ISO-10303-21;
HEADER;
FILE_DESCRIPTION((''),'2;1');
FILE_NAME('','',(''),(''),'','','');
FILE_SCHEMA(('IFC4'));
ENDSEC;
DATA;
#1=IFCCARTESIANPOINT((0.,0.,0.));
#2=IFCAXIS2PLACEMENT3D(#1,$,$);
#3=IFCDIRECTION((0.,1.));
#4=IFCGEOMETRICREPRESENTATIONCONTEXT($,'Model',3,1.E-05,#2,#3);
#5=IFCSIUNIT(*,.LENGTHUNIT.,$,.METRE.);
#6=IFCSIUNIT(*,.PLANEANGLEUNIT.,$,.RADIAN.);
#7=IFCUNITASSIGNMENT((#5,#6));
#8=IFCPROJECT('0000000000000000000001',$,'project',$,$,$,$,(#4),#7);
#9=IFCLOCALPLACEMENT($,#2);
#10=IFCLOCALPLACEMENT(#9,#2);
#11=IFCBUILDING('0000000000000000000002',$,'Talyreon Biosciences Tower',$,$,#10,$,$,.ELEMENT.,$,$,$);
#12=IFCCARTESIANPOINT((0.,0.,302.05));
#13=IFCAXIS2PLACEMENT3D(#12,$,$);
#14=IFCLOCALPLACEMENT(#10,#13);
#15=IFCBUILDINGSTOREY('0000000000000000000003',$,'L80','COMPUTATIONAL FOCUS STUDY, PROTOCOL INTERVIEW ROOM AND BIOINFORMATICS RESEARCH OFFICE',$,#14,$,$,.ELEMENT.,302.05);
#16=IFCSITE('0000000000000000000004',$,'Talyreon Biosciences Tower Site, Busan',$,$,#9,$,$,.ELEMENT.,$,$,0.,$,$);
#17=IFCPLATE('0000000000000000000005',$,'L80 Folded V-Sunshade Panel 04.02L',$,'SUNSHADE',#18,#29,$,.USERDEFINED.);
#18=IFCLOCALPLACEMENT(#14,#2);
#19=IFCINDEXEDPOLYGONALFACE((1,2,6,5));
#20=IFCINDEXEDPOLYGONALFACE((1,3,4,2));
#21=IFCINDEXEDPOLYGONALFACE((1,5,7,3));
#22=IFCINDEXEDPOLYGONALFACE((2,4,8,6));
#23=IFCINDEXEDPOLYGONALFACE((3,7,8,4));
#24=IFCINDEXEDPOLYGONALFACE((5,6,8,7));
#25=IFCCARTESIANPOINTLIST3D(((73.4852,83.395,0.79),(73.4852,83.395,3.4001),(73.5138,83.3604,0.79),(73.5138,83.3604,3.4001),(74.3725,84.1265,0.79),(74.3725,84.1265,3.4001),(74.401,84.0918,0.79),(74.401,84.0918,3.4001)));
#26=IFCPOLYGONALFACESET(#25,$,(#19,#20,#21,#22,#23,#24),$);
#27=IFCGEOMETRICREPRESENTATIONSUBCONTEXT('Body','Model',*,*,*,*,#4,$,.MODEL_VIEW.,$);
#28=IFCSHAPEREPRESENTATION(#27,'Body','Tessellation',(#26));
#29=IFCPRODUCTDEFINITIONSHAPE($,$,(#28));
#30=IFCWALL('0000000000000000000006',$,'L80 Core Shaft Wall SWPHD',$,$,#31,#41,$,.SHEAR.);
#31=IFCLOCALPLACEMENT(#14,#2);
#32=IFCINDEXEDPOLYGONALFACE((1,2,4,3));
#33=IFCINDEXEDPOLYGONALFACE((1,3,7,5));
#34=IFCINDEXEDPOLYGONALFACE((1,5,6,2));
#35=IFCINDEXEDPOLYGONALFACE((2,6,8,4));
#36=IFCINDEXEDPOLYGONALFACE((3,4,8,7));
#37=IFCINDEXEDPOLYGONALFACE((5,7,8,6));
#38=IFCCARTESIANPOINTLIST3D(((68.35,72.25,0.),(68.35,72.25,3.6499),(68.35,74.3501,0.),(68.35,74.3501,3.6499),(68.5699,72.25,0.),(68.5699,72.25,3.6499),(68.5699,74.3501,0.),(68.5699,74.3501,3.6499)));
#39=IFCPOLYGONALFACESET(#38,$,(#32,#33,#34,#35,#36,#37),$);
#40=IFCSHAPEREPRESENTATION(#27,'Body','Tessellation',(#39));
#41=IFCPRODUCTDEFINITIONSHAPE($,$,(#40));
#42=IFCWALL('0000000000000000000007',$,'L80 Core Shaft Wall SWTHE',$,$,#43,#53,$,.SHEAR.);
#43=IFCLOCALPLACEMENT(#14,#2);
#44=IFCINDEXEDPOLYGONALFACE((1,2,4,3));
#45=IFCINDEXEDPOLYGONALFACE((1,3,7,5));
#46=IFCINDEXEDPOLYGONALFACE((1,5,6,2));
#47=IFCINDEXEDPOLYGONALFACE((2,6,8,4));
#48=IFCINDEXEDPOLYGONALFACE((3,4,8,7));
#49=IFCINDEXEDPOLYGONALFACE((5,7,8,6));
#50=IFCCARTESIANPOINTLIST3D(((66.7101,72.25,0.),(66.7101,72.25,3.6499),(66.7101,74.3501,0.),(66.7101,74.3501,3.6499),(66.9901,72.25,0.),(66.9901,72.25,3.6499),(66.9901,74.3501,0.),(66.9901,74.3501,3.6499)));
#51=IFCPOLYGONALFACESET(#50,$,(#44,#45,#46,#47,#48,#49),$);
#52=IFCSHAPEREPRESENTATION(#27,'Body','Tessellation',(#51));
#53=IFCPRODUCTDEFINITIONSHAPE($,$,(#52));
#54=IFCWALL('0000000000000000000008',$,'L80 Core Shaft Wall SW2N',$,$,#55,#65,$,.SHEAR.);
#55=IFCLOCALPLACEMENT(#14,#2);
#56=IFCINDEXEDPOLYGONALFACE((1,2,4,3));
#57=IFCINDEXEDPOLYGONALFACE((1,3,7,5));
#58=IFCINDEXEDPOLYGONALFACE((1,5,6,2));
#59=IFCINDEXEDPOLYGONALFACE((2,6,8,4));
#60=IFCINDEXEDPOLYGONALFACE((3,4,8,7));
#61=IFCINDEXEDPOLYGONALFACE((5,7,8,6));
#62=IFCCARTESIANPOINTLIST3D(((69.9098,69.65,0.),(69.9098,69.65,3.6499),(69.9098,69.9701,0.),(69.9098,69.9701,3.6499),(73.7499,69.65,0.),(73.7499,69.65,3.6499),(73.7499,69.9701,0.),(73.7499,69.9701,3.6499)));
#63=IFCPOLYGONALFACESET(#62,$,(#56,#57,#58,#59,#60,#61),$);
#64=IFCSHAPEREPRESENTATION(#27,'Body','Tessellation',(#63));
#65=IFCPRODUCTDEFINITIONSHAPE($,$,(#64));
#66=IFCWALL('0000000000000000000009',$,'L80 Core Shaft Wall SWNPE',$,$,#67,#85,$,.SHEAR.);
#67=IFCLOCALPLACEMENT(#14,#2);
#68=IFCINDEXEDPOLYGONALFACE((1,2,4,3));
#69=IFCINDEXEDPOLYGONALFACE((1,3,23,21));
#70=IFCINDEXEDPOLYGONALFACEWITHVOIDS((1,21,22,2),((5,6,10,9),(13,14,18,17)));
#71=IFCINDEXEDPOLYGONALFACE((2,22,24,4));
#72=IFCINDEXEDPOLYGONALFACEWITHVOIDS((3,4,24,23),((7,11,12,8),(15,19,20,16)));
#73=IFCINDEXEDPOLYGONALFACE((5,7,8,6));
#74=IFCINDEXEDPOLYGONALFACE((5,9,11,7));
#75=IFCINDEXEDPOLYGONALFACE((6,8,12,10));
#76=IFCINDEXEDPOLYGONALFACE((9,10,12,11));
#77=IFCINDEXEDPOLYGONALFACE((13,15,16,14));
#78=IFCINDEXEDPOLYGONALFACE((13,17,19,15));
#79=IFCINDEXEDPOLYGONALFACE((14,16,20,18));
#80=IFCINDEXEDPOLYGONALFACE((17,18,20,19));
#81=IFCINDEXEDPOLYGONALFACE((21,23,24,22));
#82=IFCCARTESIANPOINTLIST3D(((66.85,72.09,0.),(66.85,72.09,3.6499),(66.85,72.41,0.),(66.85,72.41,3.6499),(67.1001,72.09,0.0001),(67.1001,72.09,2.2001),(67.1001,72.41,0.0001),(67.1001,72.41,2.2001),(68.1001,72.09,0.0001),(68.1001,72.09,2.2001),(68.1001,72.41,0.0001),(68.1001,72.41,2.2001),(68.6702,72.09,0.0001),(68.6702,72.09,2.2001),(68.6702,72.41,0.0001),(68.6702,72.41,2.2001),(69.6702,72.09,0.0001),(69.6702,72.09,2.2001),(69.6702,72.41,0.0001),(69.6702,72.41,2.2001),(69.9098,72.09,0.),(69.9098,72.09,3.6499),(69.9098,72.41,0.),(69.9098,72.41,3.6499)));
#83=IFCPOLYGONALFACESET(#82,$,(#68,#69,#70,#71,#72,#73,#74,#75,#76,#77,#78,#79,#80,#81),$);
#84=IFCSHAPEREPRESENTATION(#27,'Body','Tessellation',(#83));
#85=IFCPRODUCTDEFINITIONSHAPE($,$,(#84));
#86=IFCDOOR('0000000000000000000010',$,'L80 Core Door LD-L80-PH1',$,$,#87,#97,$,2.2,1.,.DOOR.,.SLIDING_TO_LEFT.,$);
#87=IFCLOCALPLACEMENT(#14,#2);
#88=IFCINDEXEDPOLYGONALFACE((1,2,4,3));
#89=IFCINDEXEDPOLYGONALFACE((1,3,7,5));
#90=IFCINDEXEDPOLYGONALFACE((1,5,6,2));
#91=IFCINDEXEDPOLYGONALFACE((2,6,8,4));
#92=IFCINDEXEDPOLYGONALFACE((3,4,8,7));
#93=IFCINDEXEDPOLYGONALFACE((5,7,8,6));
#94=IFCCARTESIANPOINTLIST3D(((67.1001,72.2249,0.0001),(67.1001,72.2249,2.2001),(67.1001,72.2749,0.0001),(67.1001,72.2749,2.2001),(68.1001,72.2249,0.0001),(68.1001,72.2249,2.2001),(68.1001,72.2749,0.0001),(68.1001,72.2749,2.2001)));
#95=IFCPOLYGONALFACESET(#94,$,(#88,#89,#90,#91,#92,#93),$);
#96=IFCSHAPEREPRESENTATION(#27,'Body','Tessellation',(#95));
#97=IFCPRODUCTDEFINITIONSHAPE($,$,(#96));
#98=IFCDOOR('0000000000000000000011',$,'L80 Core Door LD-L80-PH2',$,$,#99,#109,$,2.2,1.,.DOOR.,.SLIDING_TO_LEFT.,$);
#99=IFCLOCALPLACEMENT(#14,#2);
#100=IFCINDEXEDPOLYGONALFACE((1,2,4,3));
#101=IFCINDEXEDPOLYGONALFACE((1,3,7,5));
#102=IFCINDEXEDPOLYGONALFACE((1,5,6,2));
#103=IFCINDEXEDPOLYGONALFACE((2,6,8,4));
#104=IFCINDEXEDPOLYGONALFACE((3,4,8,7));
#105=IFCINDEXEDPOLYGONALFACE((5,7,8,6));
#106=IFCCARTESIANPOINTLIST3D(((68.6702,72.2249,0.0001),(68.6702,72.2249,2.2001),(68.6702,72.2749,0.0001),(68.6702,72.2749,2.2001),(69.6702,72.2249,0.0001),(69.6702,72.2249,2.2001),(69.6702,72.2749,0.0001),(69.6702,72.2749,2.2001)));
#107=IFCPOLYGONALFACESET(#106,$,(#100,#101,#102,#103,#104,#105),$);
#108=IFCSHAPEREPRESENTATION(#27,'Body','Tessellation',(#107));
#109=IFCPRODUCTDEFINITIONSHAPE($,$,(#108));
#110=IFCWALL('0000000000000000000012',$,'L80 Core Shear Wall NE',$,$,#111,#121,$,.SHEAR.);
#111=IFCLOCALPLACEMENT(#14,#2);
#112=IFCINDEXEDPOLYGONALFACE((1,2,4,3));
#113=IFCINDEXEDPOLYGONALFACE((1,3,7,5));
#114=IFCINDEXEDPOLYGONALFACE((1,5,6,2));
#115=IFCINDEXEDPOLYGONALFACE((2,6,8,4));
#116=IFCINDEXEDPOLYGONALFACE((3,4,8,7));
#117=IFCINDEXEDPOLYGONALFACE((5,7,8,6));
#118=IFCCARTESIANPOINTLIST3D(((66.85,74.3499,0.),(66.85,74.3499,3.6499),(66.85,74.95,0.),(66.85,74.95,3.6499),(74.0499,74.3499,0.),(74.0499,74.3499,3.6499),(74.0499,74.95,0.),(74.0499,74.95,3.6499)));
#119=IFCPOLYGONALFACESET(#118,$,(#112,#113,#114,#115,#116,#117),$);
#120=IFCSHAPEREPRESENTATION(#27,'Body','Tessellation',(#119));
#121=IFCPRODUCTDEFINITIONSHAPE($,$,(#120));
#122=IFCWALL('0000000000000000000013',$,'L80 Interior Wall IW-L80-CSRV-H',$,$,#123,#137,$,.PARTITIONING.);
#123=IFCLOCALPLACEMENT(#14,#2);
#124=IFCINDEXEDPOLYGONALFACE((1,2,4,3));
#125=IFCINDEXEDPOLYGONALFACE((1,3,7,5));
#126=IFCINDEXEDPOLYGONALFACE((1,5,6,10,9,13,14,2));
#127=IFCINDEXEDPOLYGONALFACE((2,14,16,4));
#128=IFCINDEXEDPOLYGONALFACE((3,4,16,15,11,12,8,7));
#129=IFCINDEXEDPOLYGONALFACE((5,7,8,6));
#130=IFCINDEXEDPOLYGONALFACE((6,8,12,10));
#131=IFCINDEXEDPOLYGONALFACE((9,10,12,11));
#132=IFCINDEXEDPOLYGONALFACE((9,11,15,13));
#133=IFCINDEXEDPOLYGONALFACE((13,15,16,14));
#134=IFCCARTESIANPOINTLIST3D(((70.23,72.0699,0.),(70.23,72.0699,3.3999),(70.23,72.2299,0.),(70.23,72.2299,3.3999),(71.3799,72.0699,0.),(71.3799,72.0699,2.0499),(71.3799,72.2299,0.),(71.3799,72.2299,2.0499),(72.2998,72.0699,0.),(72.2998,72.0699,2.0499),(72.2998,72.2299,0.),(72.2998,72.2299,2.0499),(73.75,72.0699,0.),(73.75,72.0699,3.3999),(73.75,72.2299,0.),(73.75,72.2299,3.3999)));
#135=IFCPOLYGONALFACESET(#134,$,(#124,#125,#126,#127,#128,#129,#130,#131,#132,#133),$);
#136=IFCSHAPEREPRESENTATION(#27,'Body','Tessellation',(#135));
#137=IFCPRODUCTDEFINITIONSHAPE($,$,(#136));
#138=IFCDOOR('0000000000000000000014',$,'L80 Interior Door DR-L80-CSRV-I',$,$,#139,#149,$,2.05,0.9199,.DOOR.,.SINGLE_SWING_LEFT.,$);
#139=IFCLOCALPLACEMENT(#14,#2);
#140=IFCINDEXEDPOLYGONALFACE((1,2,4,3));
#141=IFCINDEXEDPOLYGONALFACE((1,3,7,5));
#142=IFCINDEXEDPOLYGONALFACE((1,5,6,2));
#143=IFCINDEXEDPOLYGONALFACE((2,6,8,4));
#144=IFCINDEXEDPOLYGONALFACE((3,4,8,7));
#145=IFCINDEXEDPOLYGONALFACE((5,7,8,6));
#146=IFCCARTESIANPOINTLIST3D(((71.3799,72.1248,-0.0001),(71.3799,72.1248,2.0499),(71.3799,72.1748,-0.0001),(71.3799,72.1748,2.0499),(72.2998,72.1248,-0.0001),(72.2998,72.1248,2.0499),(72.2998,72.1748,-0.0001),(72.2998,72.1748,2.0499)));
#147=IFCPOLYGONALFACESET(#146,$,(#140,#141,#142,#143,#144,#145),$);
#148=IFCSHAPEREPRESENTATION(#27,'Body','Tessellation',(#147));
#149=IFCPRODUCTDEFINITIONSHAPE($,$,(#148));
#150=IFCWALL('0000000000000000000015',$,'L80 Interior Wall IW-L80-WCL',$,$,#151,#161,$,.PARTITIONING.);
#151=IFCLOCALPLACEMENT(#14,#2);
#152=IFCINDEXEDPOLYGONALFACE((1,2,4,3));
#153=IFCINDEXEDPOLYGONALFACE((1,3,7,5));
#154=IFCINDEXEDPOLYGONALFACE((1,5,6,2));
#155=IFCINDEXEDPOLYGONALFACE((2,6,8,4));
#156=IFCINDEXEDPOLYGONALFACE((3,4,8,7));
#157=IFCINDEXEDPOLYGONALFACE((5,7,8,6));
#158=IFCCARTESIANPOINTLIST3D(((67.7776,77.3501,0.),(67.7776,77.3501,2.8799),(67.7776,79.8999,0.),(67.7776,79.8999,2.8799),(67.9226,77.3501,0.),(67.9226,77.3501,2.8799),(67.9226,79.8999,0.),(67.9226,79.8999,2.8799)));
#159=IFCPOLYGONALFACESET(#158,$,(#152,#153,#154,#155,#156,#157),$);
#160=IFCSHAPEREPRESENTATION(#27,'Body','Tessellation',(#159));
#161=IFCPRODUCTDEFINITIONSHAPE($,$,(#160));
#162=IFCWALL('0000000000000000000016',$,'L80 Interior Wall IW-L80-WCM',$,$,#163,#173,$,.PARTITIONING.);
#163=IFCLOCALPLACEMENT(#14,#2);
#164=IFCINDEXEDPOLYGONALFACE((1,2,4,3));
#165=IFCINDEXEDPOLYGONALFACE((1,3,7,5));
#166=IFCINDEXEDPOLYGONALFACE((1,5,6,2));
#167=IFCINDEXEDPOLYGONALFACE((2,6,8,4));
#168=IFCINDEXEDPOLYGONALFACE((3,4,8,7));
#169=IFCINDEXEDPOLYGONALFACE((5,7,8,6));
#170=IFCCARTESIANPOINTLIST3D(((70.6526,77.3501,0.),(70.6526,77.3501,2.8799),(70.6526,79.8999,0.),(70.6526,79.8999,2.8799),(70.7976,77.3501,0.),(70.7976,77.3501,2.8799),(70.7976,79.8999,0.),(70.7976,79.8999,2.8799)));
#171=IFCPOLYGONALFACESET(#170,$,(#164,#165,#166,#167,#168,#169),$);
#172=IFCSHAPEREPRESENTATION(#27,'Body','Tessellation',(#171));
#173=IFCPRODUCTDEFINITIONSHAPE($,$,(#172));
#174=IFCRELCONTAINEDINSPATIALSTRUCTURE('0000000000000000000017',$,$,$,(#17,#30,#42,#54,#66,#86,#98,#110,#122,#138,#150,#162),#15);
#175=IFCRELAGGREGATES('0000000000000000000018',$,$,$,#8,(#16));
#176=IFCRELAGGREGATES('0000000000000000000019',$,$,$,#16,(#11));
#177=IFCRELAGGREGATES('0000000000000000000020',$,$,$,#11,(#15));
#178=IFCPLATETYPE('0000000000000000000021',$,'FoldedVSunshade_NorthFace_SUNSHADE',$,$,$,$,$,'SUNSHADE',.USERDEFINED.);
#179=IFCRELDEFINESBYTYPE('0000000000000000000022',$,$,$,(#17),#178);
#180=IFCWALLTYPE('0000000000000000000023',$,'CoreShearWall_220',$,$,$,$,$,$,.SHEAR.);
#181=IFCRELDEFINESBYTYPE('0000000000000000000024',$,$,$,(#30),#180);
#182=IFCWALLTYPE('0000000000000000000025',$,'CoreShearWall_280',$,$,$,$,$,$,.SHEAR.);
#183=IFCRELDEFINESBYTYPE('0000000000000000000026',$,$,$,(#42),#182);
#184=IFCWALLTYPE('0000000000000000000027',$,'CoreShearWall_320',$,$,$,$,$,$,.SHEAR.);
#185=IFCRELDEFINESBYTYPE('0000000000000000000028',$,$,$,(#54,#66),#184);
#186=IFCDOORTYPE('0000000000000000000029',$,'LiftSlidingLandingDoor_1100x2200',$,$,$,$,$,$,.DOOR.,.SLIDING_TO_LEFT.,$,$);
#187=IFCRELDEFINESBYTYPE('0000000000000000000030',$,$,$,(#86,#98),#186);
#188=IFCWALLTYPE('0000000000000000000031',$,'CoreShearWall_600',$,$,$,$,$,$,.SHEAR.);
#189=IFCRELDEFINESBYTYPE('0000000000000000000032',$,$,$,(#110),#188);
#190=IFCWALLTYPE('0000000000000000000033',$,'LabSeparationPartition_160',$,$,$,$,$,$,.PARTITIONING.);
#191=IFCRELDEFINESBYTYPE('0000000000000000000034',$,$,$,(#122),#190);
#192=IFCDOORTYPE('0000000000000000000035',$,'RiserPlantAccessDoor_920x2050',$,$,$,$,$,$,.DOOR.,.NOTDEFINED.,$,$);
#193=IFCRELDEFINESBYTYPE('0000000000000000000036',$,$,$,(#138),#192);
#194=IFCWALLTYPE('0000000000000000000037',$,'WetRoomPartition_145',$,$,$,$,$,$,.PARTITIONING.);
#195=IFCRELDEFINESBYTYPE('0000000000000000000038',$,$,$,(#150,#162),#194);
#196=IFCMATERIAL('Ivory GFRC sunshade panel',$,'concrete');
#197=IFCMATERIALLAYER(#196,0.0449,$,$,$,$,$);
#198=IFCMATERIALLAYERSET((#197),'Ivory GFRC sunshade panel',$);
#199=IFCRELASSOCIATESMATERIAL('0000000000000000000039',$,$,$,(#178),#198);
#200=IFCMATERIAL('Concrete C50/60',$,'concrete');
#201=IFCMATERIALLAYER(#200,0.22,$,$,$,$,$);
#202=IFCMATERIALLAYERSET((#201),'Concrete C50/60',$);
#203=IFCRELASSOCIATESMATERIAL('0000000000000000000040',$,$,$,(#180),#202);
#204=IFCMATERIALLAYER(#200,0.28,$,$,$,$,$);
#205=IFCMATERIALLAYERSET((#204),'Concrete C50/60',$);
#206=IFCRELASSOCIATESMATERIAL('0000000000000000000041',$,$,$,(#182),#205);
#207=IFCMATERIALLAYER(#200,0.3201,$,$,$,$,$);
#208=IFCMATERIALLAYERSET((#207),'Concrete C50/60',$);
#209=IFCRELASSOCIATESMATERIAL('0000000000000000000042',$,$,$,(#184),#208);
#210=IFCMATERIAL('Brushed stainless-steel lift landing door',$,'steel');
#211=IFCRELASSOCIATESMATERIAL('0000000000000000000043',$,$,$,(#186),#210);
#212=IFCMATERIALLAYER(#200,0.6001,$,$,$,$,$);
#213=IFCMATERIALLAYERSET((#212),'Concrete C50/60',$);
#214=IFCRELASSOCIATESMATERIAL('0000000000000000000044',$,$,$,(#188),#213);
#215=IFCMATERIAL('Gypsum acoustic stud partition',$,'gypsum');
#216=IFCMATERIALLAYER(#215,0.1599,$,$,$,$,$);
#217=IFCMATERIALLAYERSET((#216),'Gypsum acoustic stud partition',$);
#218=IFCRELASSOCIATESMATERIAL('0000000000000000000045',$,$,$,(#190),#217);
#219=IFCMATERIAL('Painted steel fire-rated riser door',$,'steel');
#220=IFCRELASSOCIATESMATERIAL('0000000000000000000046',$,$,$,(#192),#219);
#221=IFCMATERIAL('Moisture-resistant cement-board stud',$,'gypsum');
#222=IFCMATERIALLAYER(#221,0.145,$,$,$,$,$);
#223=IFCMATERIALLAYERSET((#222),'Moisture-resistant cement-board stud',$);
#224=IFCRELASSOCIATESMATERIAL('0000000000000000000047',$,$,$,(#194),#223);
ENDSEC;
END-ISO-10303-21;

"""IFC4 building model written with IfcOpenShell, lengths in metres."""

from ifc_helpers import new_model, si_unit, direction, frame, frame_2d, origin, origin_2d, place, context, subcontext, project, spatial, rectangle, extrude, material, layer, layer_set, type_object, element, fill, save


model = new_model("IFC4")

# Units and contexts
model_context = context("Model", 3, precision=1e-05, world=origin(), true_north=direction((0.0, 1.0)))
body_context = subcontext(model_context, "Body", "Model", "MODEL_VIEW")
ifc_project = project(units=[si_unit("LENGTHUNIT", "METRE"), si_unit("PLANEANGLEUNIT", "RADIAN")], contexts=[model_context])

# Site, building, storey
site_placement = place(None, origin())
site = spatial("IfcSite", under=ifc_project, at=site_placement, Name="Talyreon Biosciences Tower Site, Busan", CompositionType="ELEMENT", RefElevation=0.0)
building_placement = place(site_placement, origin())
building = spatial("IfcBuilding", under=site, at=building_placement, Name="Talyreon Biosciences Tower", CompositionType="ELEMENT")
storey_placement = place(building_placement, frame((0.0, 0.0, 302.05)))
storey = spatial("IfcBuildingStorey", under=building, at=storey_placement, Name="L80", Description="COMPUTATIONAL FOCUS STUDY, PROTOCOL INTERVIEW ROOM AND BIOINFORMATICS RESEARCH OFFICE", CompositionType="ELEMENT", Elevation=302.05)

# Shared definitions
ifc_material_1 = material(Name="Concrete C50/60", Category="concrete")

# Plate
ifc_material_2 = material(Name="Ivory GFRC sunshade panel", Category="concrete")
ifc_layer_1 = layer(ifc_material_2, 0.0449)
ifc_layer_set_1 = layer_set([ifc_layer_1], Name="Ivory GFRC sunshade panel")
plate_type_1 = type_object("IfcPlateType", Name="FoldedVSunshade_NorthFace_SUNSHADE", ElementType="SUNSHADE", PredefinedType="USERDEFINED", material=ifc_layer_set_1)
plate_1_placement = place(storey_placement, frame((73.9431, 83.7434, 0.79), z_axis=(0.0, 0.0, 1.0), x_axis=(0.771625, 0.636078, 0.0)))
element("IfcPlate", 1, at=plate_1_placement, inside=storey, type_object=plate_type_1, Name="L80 Folded V-Sunshade Panel 04.02L", ObjectType="SUNSHADE", PredefinedType="USERDEFINED", context=body_context, shape_type="SweptSolid", body=[
    extrude(rectangle(XDim=1.1499, YDim=0.0449, at=origin_2d()), origin(), (0.0, 0.0, 1.0), 2.6101),
])

# Walls
ifc_layer_2 = layer(ifc_material_1, 0.22)
ifc_layer_set_2 = layer_set([ifc_layer_2], Name="Concrete C50/60")
wall_type_1 = type_object("IfcWallType", Name="CoreShearWall_220", PredefinedType="SHEAR", material=ifc_layer_set_2)
wall_1_placement = place(storey_placement, frame((68.46, 72.25, 0.0), z_axis=(0.0, 0.0, 1.0), x_axis=(0.0, 1.0, 0.0)))
element("IfcWall", 2, at=wall_1_placement, inside=storey, type_object=wall_type_1, Name="L80 Core Shaft Wall SWPHD", PredefinedType="SHEAR", context=body_context, shape_type="SweptSolid", body=[
    extrude(rectangle(XDim=2.1001, YDim=0.22, at=frame_2d((1.05, 0.0))), origin(), (0.0, 0.0, 1.0), 3.6499),
])
ifc_layer_3 = layer(ifc_material_1, 0.28)
ifc_layer_set_3 = layer_set([ifc_layer_3], Name="Concrete C50/60")
wall_type_2 = type_object("IfcWallType", Name="CoreShearWall_280", PredefinedType="SHEAR", material=ifc_layer_set_3)
wall_2_placement = place(storey_placement, frame((66.8501, 72.25, 0.0), z_axis=(0.0, 0.0, 1.0), x_axis=(0.0, 1.0, 0.0)))
element("IfcWall", 3, at=wall_2_placement, inside=storey, type_object=wall_type_2, Name="L80 Core Shaft Wall SWTHE", PredefinedType="SHEAR", context=body_context, shape_type="SweptSolid", body=[
    extrude(rectangle(XDim=2.1001, YDim=0.28, at=frame_2d((1.05, 0.0))), origin(), (0.0, 0.0, 1.0), 3.6499),
])
ifc_layer_4 = layer(ifc_material_1, 0.3201)
ifc_layer_set_4 = layer_set([ifc_layer_4], Name="Concrete C50/60")
wall_type_3 = type_object("IfcWallType", Name="CoreShearWall_320", PredefinedType="SHEAR", material=ifc_layer_set_4)
wall_3_placement = place(storey_placement, frame((69.9099, 69.8101, 0.0), z_axis=(0.0, 0.0, 1.0), x_axis=(1.0, 0.0, 0.0)))
element("IfcWall", 4, at=wall_3_placement, inside=storey, type_object=wall_type_3, Name="L80 Core Shaft Wall SW2N", PredefinedType="SHEAR", context=body_context, shape_type="SweptSolid", body=[
    extrude(rectangle(XDim=3.8401, YDim=0.3201, at=frame_2d((1.9199, 0.0))), origin(), (0.0, 0.0, 1.0), 3.6499),
])

# Wall, openings, doors
wall_4_placement = place(storey_placement, frame((66.8501, 72.25, 0.0), z_axis=(0.0, 0.0, 1.0), x_axis=(1.0, 0.0, 0.0)))
wall_4 = element("IfcWall", 5, at=wall_4_placement, inside=storey, type_object=wall_type_3, Name="L80 Core Shaft Wall SWNPE", PredefinedType="SHEAR", context=body_context, shape_type="SweptSolid", body=[
    extrude(rectangle(XDim=3.0598, YDim=0.3201, at=frame_2d((1.5298, 0.0))), origin(), (0.0, 0.0, 1.0), 3.6499),
])
opening_1_placement = place(wall_4_placement, frame((0.25, 0.0, 0.0)))
opening_1 = element("IfcOpeningElement", 6, at=opening_1_placement, cuts=wall_4, PredefinedType="OPENING", context=body_context, shape_type="SweptSolid", body=[
    extrude(rectangle(XDim=1.0, YDim=2.2, at=frame_2d((0.5, 1.1001))), frame((0.0, 0.1699, 0.0), z_axis=(0.0, -1.0, 0.0), x_axis=(1.0, 0.0, 0.0)), (0.0, 0.0, 1.0), 0.3401),
])
opening_2_placement = place(wall_4_placement, frame((1.8201, 0.0, 0.0)))
opening_2 = element("IfcOpeningElement", 7, at=opening_2_placement, cuts=wall_4, PredefinedType="OPENING", context=body_context, shape_type="SweptSolid", body=[
    extrude(rectangle(XDim=1.0, YDim=2.2, at=frame_2d((0.5, 1.1001))), frame((0.0, 0.1699, 0.0), z_axis=(0.0, -1.0, 0.0), x_axis=(1.0, 0.0, 0.0)), (0.0, 0.0, 1.0), 0.3401),
])
ifc_material_3 = material(Name="Brushed stainless-steel lift landing door", Category="steel")
door_type_1 = type_object("IfcDoorType", Name="LiftSlidingLandingDoor_1100x2200", OperationType="SLIDING_TO_LEFT", PredefinedType="DOOR", material=ifc_material_3)
door_1_placement = place(opening_1_placement, origin())
door_1 = element("IfcDoor", 8, at=door_1_placement, inside=storey, type_object=door_type_1, Name="L80 Core Door LD-L80-PH1", OperationType="SLIDING_TO_LEFT", OverallHeight=2.2, OverallWidth=1.0, PredefinedType="DOOR", context=body_context, shape_type="SweptSolid", body=[
    extrude(rectangle(XDim=1.0, YDim=2.2, at=frame_2d((0.5, 1.1001))), frame((0.0, 0.0249, 0.0), z_axis=(0.0, -1.0, 0.0), x_axis=(1.0, 0.0, 0.0)), (0.0, 0.0, 1.0), 0.05),
])
fill(opening_1, door_1)
door_2_placement = place(opening_2_placement, origin())
door_2 = element("IfcDoor", 9, at=door_2_placement, inside=storey, type_object=door_type_1, Name="L80 Core Door LD-L80-PH2", OperationType="SLIDING_TO_LEFT", OverallHeight=2.2, OverallWidth=1.0, PredefinedType="DOOR", context=body_context, shape_type="SweptSolid", body=[
    extrude(rectangle(XDim=1.0, YDim=2.2, at=frame_2d((0.5, 1.1001))), frame((0.0, 0.0249, 0.0), z_axis=(0.0, -1.0, 0.0), x_axis=(1.0, 0.0, 0.0)), (0.0, 0.0, 1.0), 0.05),
])
fill(opening_2, door_2)

# Wall
ifc_layer_5 = layer(ifc_material_1, 0.6001)
ifc_layer_set_5 = layer_set([ifc_layer_5], Name="Concrete C50/60")
wall_type_4 = type_object("IfcWallType", Name="CoreShearWall_600", PredefinedType="SHEAR", material=ifc_layer_set_5)
wall_5_placement = place(storey_placement, frame((74.05, 74.6499, 0.0), z_axis=(0.0, 0.0, 1.0), x_axis=(-1.0, 0.0, 0.0)))
element("IfcWall", 10, at=wall_5_placement, inside=storey, type_object=wall_type_4, Name="L80 Core Shear Wall NE", PredefinedType="SHEAR", context=body_context, shape_type="SweptSolid", body=[
    extrude(rectangle(XDim=7.2, YDim=0.6001, at=frame_2d((3.6001, 0.0))), origin(), (0.0, 0.0, 1.0), 3.6499),
])

# Wall, opening, door
ifc_material_4 = material(Name="Gypsum acoustic stud partition", Category="gypsum")
ifc_layer_6 = layer(ifc_material_4, 0.1599)
ifc_layer_set_6 = layer_set([ifc_layer_6], Name="Gypsum acoustic stud partition")
wall_type_5 = type_object("IfcWallType", Name="LabSeparationPartition_160", PredefinedType="PARTITIONING", material=ifc_layer_set_6)
wall_6_placement = place(storey_placement, frame((70.23, 72.1499, 0.0), z_axis=(0.0, 0.0, 1.0), x_axis=(1.0, 0.0, 0.0)))
wall_6 = element("IfcWall", 11, at=wall_6_placement, inside=storey, type_object=wall_type_5, Name="L80 Interior Wall IW-L80-CSRV-H", PredefinedType="PARTITIONING", context=body_context, shape_type="SweptSolid", body=[
    extrude(rectangle(XDim=3.52, YDim=0.1599, at=frame_2d((1.76, 0.0))), origin(), (0.0, 0.0, 1.0), 3.3999),
])
opening_3_placement = place(wall_6_placement, frame((1.1499, 0.0, 0.0)))
opening_3 = element("IfcOpeningElement", 12, at=opening_3_placement, cuts=wall_6, PredefinedType="OPENING", context=body_context, shape_type="SweptSolid", body=[
    extrude(rectangle(XDim=0.9199, YDim=2.05, at=frame_2d((0.46, 1.0249))), frame((0.0, 0.0898, 0.0), z_axis=(0.0, -1.0, 0.0), x_axis=(1.0, 0.0, 0.0)), (0.0, 0.0, 1.0), 0.1799),
])
ifc_material_5 = material(Name="Painted steel fire-rated riser door", Category="steel")
door_type_2 = type_object("IfcDoorType", Name="RiserPlantAccessDoor_920x2050", OperationType="NOTDEFINED", PredefinedType="DOOR", material=ifc_material_5)
door_3_placement = place(opening_3_placement, origin())
door_3 = element("IfcDoor", 13, at=door_3_placement, inside=storey, type_object=door_type_2, Name="L80 Interior Door DR-L80-CSRV-I", OperationType="SINGLE_SWING_LEFT", OverallHeight=2.05, OverallWidth=0.9199, PredefinedType="DOOR", context=body_context, shape_type="SweptSolid", body=[
    extrude(rectangle(XDim=0.9199, YDim=2.05, at=frame_2d((0.46, 1.0249))), frame((0.0, 0.0249, 0.0), z_axis=(0.0, -1.0, 0.0), x_axis=(1.0, 0.0, 0.0)), (0.0, 0.0, 1.0), 0.05),
])
fill(opening_3, door_3)

# Walls
ifc_material_6 = material(Name="Moisture-resistant cement-board stud", Category="gypsum")
ifc_layer_7 = layer(ifc_material_6, 0.145)
ifc_layer_set_7 = layer_set([ifc_layer_7], Name="Moisture-resistant cement-board stud")
wall_type_6 = type_object("IfcWallType", Name="WetRoomPartition_145", PredefinedType="PARTITIONING", material=ifc_layer_set_7)
for number, where, z_axis, x_axis, name in (
    (14, (67.8501, 77.3501, 0.0), (0.0, 0.0, 1.0), (0.0, 1.0, 0.0), "L80 Interior Wall IW-L80-WCL"),
    (15, (70.7251, 77.3501, 0.0), (0.0, 0.0, 1.0), (0.0, 1.0, 0.0), "L80 Interior Wall IW-L80-WCM"),
):
    element("IfcWall", number, at=place(storey_placement, frame(where, z_axis=z_axis, x_axis=x_axis)), inside=storey, type_object=wall_type_6, Name=name, PredefinedType="PARTITIONING", context=body_context, shape_type="SweptSolid", body=[
        extrude(rectangle(XDim=2.5498, YDim=0.145, at=frame_2d((1.2749, 0.0))), origin(), (0.0, 0.0, 1.0), 2.8799),
    ])

save(model, "model.ifc")
